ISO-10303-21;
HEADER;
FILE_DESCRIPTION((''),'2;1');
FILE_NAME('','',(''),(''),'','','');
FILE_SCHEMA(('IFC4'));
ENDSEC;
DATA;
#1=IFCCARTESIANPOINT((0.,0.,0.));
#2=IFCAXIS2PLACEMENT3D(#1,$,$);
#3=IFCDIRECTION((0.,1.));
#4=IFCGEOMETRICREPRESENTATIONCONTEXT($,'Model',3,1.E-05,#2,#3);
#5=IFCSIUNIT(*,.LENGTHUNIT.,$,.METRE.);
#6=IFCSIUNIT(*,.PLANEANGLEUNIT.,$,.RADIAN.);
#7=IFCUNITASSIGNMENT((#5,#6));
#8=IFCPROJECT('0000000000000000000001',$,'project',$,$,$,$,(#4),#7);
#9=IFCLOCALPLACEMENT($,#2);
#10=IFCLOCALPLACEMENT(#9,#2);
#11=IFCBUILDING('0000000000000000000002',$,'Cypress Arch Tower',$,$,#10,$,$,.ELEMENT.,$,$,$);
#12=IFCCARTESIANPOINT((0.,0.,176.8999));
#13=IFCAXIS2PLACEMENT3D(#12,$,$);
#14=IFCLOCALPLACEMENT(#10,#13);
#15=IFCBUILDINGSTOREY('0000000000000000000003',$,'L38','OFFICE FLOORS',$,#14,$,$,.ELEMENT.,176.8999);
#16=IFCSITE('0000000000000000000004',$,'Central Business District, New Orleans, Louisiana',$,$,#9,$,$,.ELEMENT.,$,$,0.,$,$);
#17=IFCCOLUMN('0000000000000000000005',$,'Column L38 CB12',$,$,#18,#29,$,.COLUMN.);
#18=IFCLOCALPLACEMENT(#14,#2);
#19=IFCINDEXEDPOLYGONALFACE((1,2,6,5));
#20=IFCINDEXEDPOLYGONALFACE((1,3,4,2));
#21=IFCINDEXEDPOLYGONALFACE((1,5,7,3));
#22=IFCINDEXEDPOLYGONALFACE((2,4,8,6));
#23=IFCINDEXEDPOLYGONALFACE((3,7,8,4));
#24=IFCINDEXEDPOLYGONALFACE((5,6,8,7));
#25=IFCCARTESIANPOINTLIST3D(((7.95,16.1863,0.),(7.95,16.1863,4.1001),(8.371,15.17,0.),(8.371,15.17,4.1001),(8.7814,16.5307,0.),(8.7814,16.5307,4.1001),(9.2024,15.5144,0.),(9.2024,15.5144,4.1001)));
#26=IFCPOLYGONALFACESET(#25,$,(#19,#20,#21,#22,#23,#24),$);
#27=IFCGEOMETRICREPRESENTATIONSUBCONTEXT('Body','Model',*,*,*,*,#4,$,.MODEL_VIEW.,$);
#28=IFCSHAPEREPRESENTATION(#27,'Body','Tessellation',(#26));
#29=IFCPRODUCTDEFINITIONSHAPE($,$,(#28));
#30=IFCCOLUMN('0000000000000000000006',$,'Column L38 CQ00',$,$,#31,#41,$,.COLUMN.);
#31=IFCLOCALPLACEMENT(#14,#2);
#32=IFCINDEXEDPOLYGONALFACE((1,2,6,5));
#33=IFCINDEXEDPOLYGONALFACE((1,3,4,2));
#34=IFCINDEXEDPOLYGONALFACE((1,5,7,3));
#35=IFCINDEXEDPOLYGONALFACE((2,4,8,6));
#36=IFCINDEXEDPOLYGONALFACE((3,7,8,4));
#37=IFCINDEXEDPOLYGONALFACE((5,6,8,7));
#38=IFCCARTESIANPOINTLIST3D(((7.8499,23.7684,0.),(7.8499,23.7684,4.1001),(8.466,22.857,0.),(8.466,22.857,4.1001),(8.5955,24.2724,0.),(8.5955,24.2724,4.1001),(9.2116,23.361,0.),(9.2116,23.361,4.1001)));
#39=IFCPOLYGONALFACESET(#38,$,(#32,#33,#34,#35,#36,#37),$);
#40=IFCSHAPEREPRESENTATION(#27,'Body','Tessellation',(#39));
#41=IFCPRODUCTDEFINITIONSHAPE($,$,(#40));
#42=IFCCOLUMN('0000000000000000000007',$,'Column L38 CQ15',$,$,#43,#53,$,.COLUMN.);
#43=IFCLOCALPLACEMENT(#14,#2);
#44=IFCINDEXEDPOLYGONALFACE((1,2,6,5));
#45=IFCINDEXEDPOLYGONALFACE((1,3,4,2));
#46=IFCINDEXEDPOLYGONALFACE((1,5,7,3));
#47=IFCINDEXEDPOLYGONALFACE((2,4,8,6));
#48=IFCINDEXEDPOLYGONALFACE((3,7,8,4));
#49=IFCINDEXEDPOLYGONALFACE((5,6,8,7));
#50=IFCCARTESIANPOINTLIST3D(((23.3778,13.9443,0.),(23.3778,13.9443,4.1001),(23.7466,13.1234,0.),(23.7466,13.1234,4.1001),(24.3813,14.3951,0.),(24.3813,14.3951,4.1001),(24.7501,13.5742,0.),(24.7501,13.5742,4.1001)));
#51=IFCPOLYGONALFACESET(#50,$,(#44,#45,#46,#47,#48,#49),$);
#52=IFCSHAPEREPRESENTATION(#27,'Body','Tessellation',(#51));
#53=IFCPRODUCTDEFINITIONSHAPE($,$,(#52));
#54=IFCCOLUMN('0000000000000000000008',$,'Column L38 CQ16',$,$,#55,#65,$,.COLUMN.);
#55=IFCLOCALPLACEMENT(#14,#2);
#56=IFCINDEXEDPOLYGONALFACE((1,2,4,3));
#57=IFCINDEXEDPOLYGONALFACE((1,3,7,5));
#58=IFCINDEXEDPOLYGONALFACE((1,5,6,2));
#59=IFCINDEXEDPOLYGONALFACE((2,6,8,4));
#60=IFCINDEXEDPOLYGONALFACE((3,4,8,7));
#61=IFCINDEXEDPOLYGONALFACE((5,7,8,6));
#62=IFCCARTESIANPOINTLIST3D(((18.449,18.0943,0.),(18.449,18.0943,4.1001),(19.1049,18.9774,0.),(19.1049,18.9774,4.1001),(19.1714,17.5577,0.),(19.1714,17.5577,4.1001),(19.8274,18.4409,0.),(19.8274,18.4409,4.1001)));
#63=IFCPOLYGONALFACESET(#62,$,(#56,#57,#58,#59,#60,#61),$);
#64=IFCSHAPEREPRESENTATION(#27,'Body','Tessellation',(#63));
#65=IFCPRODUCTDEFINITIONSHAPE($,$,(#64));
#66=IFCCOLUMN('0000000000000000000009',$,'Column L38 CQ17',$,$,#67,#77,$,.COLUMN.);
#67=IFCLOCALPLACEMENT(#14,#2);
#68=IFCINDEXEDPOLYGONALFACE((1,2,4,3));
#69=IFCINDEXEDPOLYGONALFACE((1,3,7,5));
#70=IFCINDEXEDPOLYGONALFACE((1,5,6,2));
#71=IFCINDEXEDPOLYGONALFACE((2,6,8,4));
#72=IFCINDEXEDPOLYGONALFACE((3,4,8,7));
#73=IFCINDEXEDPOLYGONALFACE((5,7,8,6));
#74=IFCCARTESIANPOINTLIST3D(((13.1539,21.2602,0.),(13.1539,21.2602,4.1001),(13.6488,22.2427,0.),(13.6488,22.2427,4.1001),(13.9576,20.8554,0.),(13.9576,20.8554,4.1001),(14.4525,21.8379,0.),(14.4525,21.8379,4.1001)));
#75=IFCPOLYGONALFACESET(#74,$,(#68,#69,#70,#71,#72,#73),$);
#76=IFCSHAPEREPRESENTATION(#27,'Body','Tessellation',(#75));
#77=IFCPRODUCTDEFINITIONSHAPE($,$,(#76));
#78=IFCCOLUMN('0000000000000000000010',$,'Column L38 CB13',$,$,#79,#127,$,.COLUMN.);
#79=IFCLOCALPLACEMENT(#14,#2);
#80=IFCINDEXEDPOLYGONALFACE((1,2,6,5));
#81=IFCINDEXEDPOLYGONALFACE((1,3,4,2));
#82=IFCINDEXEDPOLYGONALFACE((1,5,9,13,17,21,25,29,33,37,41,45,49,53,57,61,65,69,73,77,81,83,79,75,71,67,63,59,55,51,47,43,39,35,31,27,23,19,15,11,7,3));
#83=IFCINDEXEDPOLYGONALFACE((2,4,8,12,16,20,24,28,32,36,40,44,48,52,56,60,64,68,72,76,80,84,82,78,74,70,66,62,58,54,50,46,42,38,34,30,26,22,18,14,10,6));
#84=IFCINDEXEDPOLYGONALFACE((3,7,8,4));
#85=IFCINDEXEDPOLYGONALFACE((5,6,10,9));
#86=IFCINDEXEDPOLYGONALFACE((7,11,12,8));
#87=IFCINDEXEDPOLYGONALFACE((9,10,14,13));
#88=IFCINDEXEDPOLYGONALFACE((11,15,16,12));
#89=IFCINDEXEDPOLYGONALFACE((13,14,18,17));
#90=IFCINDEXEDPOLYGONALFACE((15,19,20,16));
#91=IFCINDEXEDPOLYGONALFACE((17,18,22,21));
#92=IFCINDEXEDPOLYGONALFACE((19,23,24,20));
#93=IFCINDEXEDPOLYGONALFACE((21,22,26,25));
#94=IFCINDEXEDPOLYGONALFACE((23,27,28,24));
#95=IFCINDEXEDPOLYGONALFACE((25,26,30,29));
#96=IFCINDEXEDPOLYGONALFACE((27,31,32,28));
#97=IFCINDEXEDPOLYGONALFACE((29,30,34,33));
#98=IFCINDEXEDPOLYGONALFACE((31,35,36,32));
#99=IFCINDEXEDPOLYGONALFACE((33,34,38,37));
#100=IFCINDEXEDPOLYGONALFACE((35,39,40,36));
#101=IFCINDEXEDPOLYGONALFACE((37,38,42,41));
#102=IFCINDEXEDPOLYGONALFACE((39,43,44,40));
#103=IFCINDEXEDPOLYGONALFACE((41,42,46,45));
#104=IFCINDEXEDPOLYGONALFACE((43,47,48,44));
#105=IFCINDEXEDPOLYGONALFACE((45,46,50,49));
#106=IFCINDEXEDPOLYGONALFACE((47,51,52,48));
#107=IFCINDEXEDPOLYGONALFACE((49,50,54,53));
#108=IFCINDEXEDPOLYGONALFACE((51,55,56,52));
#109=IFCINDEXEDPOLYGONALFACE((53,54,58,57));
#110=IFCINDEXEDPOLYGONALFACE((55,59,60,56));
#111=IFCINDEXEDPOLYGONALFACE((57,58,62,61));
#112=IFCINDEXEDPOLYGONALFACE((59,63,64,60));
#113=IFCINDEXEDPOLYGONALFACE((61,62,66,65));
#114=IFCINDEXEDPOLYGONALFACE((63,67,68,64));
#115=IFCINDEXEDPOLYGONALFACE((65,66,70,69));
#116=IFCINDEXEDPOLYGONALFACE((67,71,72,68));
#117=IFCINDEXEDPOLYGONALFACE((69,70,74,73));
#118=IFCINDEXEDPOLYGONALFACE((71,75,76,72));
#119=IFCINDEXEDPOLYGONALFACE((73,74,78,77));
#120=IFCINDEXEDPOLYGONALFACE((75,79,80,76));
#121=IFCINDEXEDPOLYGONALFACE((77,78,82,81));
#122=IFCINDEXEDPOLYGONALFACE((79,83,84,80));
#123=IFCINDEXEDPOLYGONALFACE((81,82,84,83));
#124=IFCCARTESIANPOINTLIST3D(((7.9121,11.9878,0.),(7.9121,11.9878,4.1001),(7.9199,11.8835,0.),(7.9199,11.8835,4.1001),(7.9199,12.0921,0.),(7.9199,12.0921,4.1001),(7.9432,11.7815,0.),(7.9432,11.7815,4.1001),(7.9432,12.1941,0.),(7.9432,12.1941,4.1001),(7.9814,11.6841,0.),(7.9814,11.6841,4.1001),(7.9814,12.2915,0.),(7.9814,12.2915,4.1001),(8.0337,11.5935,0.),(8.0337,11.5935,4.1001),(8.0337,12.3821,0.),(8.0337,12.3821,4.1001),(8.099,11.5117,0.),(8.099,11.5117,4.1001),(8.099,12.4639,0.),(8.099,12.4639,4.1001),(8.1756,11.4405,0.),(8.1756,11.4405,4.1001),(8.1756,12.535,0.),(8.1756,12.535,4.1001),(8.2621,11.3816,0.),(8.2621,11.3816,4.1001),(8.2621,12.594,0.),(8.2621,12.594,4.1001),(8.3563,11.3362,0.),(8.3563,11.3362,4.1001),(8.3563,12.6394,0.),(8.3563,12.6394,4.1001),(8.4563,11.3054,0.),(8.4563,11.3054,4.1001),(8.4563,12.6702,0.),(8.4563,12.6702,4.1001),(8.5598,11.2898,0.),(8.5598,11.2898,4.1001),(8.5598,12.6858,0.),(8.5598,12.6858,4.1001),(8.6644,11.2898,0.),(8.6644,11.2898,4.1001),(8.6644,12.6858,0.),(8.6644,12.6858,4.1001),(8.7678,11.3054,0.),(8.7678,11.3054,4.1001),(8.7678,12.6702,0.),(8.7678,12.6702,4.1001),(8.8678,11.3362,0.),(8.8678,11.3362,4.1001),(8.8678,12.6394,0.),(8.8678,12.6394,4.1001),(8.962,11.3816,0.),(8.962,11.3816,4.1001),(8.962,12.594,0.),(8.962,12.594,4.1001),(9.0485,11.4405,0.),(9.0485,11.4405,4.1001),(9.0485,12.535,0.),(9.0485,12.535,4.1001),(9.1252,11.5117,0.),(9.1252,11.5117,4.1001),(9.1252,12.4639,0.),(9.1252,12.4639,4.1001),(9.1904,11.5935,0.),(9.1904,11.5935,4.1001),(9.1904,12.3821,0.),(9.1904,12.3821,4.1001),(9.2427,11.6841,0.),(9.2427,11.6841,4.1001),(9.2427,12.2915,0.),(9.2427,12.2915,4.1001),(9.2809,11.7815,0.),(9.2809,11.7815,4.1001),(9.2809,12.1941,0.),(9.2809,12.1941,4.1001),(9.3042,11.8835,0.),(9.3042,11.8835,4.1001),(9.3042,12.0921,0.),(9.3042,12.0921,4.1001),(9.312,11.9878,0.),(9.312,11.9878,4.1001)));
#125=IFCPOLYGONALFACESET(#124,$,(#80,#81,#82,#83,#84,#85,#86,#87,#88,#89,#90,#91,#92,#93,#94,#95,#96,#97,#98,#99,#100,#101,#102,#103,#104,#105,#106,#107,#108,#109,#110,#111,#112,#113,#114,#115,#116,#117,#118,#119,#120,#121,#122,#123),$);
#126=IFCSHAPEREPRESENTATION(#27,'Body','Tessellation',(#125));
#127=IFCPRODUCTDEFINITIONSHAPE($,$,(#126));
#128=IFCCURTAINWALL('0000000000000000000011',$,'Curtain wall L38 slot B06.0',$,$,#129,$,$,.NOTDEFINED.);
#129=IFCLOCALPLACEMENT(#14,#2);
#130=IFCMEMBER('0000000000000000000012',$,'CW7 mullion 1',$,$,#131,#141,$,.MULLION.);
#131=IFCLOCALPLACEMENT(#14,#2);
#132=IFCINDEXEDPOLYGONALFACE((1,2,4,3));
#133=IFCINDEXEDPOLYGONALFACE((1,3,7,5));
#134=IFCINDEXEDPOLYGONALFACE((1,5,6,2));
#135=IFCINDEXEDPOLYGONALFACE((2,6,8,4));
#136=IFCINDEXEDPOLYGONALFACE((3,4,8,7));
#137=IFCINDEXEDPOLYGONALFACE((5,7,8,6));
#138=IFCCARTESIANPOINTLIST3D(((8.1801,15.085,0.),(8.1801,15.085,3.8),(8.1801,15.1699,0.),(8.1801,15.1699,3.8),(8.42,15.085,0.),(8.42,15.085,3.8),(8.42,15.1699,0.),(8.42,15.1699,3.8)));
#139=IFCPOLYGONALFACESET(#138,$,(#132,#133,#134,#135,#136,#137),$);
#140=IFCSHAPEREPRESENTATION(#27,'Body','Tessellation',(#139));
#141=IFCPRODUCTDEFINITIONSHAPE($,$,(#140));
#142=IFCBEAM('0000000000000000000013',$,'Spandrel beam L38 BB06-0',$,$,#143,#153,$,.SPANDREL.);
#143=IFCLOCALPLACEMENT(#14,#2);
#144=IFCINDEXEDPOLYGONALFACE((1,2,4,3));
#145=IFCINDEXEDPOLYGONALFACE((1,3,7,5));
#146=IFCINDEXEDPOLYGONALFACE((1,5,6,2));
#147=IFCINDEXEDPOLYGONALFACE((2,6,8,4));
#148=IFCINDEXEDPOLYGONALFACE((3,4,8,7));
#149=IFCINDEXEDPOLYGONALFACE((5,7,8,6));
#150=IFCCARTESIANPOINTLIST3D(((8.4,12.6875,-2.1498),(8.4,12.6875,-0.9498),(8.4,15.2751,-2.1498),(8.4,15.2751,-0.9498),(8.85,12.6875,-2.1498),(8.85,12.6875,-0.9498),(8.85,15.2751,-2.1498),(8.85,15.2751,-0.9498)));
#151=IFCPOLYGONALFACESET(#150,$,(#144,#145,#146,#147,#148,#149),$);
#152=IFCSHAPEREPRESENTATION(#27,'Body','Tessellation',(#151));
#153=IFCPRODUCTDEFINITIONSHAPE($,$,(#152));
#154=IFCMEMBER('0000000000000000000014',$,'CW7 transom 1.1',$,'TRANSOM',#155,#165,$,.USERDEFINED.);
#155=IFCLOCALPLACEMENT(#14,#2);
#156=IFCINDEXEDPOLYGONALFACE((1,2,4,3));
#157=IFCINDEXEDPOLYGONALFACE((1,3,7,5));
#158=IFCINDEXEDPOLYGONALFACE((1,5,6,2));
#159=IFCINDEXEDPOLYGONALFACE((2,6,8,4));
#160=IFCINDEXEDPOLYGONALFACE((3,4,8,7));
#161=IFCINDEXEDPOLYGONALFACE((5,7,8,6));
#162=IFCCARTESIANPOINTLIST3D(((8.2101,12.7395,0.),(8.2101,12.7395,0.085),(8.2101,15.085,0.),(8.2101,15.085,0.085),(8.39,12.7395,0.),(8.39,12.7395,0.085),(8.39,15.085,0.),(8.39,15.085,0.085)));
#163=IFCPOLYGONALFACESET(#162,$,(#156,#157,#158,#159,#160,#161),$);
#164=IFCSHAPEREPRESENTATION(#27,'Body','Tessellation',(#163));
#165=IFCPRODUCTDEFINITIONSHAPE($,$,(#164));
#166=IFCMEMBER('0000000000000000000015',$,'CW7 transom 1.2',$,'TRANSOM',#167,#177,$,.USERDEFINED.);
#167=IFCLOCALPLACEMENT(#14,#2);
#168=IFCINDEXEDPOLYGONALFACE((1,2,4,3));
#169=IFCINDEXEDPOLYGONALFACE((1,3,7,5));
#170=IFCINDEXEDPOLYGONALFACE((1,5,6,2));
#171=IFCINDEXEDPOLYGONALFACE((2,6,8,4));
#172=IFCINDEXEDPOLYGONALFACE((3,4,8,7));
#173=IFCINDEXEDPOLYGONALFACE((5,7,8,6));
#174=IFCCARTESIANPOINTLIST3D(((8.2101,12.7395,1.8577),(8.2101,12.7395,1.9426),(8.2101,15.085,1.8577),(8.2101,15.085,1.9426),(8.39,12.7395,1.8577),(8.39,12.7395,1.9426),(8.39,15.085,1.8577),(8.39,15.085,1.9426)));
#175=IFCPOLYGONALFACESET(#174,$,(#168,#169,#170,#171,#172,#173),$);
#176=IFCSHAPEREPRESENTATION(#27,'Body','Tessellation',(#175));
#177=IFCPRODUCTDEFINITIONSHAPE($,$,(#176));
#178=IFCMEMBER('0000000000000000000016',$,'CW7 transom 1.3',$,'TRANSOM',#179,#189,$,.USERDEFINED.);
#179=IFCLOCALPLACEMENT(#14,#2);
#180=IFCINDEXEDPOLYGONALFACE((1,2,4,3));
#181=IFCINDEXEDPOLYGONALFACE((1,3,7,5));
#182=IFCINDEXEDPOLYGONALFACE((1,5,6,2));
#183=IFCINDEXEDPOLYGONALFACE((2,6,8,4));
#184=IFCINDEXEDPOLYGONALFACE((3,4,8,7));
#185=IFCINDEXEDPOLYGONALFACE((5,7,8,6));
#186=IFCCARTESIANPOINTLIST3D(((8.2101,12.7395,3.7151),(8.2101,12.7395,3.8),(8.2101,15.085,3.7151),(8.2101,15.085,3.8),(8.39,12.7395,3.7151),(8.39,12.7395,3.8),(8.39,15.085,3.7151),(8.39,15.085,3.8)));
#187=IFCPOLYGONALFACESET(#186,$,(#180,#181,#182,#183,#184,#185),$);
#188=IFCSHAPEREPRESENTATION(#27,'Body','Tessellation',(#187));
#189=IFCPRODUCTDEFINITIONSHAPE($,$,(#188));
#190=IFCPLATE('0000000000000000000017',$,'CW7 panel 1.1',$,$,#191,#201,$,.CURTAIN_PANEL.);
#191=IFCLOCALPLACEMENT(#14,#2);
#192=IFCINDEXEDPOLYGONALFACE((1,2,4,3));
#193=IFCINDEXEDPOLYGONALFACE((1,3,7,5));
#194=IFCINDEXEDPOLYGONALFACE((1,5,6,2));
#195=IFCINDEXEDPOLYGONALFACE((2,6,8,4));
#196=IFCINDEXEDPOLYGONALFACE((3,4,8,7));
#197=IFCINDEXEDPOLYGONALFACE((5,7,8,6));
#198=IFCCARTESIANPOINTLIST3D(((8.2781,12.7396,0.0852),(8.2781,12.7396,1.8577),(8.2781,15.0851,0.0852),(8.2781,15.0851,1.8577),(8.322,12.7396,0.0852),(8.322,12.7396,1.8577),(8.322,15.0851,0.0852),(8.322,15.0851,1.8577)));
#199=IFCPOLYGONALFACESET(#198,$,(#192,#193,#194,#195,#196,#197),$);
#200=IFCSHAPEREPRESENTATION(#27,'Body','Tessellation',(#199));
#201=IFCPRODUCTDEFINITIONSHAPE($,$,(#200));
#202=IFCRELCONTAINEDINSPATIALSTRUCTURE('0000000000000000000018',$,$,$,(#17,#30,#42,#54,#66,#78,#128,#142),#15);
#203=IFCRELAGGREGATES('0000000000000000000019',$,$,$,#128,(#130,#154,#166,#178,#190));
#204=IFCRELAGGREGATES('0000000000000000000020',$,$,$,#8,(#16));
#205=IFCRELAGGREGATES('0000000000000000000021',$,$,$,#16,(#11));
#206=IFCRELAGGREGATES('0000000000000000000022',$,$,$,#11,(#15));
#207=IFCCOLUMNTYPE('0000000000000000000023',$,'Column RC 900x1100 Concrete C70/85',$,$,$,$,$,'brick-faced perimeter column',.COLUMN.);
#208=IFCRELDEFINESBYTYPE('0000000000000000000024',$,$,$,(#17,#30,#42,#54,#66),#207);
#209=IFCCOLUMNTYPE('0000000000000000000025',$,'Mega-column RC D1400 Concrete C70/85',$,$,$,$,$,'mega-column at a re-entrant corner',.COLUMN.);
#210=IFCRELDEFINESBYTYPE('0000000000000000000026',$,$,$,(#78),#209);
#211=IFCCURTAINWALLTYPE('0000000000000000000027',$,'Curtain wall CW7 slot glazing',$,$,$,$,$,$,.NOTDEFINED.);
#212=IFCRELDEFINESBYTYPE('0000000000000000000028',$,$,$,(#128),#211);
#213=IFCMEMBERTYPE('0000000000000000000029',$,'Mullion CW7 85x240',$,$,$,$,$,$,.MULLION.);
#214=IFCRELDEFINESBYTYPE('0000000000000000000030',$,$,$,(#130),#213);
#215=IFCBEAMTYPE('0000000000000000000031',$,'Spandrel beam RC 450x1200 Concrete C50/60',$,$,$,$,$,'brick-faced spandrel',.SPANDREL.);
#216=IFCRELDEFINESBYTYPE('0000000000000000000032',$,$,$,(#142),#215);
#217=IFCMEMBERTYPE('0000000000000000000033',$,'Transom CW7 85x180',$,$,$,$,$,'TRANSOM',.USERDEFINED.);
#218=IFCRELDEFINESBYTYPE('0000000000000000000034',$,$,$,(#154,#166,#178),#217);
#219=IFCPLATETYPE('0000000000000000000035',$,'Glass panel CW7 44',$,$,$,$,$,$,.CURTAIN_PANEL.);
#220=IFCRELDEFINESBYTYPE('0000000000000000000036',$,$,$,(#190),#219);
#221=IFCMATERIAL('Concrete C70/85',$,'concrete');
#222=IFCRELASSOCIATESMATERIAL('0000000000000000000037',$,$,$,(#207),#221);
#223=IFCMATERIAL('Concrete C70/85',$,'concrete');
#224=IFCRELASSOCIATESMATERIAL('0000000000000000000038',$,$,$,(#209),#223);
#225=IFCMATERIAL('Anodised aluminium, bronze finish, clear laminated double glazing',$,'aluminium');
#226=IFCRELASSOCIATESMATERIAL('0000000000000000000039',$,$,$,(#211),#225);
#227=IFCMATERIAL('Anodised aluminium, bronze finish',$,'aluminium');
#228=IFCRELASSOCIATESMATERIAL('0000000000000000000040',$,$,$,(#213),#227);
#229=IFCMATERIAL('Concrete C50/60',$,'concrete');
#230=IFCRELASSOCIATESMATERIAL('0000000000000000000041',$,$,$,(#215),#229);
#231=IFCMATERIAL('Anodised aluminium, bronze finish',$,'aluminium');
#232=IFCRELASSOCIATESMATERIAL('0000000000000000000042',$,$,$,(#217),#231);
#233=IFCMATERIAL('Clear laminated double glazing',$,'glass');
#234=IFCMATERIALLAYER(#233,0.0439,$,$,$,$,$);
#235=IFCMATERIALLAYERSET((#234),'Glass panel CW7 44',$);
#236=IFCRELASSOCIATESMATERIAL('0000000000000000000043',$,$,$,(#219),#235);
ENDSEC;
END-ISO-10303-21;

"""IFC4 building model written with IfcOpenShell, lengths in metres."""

from ifc_helpers import new_model, si_unit, direction, frame, origin, origin_2d, place, context, subcontext, project, spatial, rectangle, circle, extrude, material, layer, layer_set, material_profile, profile_set, type_object, element, aggregate, save


model = new_model("IFC4")

# Units and contexts
model_context = context("Model", 3, precision=1e-05, world=origin(), true_north=direction((0.0, 1.0)))
body_context = subcontext(model_context, "Body", "Model", "MODEL_VIEW")
ifc_project = project(units=[si_unit("LENGTHUNIT", "METRE"), si_unit("PLANEANGLEUNIT", "RADIAN")], contexts=[model_context])

# Site, building, storey
site_placement = place(None, origin())
site = spatial("IfcSite", under=ifc_project, at=site_placement, Name="Central Business District, New Orleans, Louisiana", CompositionType="ELEMENT", RefElevation=0.0)
building_placement = place(site_placement, origin())
building = spatial("IfcBuilding", under=site, at=building_placement, Name="Cypress Arch Tower", CompositionType="ELEMENT")
storey_placement = place(building_placement, frame((0.0, 0.0, 176.8999)))
storey = spatial("IfcBuildingStorey", under=building, at=storey_placement, Name="L38", Description="OFFICE FLOORS", CompositionType="ELEMENT", Elevation=176.8999)

# Columns
ifc_material_1 = material(Name="Concrete C70/85", Category="concrete")
ifc_material_profile_1 = material_profile(ifc_material_1, rectangle(XDim=0.8999, YDim=1.1001, at=origin_2d()), Name="RC 900x1100")
ifc_profile_set_1 = profile_set([ifc_material_profile_1], Name="Concrete C70/85")
column_type_1 = type_object("IfcColumnType", Name="Column RC 900x1100 Concrete C70/85", ElementType="brick-faced perimeter column", PredefinedType="COLUMN", material=ifc_profile_set_1)
for number, where, z_axis, x_axis, name in (
    (1, (8.5762, 15.8503, 0.0), (0.0, 0.0, 1.0), (-0.92388, -0.382683, 0.0), "Column L38 CB12"),
    (2, (8.5308, 23.5647, 0.0), (0.0, 0.0, 1.0), (-0.82847, -0.560034, 0.0), "Column L38 CQ00"),
    (3, (24.064, 13.7593, 0.0), (0.0, 0.0, 1.0), (-0.409765, 0.912191, 0.0), "Column L38 CQ15"),
    (4, (19.1382, 18.2676, 0.0), (0.0, 0.0, 1.0), (-0.802799, 0.59625, 0.0), "Column L38 CQ16"),
    (5, (13.8032, 21.5491, 0.0), (0.0, 0.0, 1.0), (-0.893106, 0.449845, 0.0), "Column L38 CQ17"),
):
    element("IfcColumn", number, at=place(storey_placement, frame(where, z_axis=z_axis, x_axis=x_axis)), inside=storey, type_object=column_type_1, Name=name, PredefinedType="COLUMN", context=body_context, shape_type="SweptSolid", body=[
        extrude(rectangle(XDim=0.8999, YDim=1.1001, at=origin_2d()), origin(), (0.0, 0.0, 1.0), 4.1001),
    ])
ifc_material_2 = material(Name="Concrete C70/85", Category="concrete")
ifc_material_profile_2 = material_profile(ifc_material_2, circle(Radius=0.7, at=origin_2d()), Name="RC D1400")
ifc_profile_set_2 = profile_set([ifc_material_profile_2], Name="Concrete C70/85")
column_type_2 = type_object("IfcColumnType", Name="Mega-column RC D1400 Concrete C70/85", ElementType="mega-column at a re-entrant corner", PredefinedType="COLUMN", material=ifc_profile_set_2)
column_placement = place(storey_placement, frame((8.6121, 11.9878, 0.0), z_axis=(0.0, 0.0, 1.0), x_axis=(1.0, 0.0, 0.0)))
element("IfcColumn", 6, at=column_placement, inside=storey, type_object=column_type_2, Name="Column L38 CB13", PredefinedType="COLUMN", context=body_context, shape_type="SweptSolid", body=[
    extrude(circle(Radius=0.7, at=origin_2d()), origin(), (0.0, 0.0, 1.0), 4.1001),
])

# Curtain wall, member
ifc_material_3 = material(Name="Anodised aluminium, bronze finish, clear laminated double glazing", Category="aluminium")
curtain_wall_type = type_object("IfcCurtainWallType", Name="Curtain wall CW7 slot glazing", PredefinedType="NOTDEFINED", material=ifc_material_3)
curtain_wall_placement = place(storey_placement, origin())
curtain_wall = element("IfcCurtainWall", 7, at=curtain_wall_placement, inside=storey, type_object=curtain_wall_type, Name="Curtain wall L38 slot B06.0", PredefinedType="NOTDEFINED")
ifc_material_4 = material(Name="Anodised aluminium, bronze finish", Category="aluminium")
ifc_material_profile_3 = material_profile(ifc_material_4, rectangle(XDim=0.24, YDim=0.085, at=origin_2d()), Name="Mullion 85x240")
ifc_profile_set_3 = profile_set([ifc_material_profile_3], Name="Anodised aluminium, bronze finish")
member_type_1 = type_object("IfcMemberType", Name="Mullion CW7 85x240", PredefinedType="MULLION", material=ifc_profile_set_3)
member_1_placement = place(storey_placement, frame((8.3, 15.1274, 0.0), z_axis=(0.0, 0.0, 1.0), x_axis=(1.0, 0.0, 0.0)))
member_1 = element("IfcMember", 8, at=member_1_placement, type_object=member_type_1, Name="CW7 mullion 1", PredefinedType="MULLION", context=body_context, shape_type="SweptSolid", body=[
    extrude(rectangle(XDim=0.24, YDim=0.085, at=origin_2d()), origin(), (0.0, 0.0, 1.0), 3.8),
])

# Beam
ifc_material_5 = material(Name="Concrete C50/60", Category="concrete")
ifc_material_profile_4 = material_profile(ifc_material_5, rectangle(XDim=0.45, YDim=1.2, at=origin_2d()), Name="RC 450x1200")
ifc_profile_set_4 = profile_set([ifc_material_profile_4], Name="Concrete C50/60")
beam_type = type_object("IfcBeamType", Name="Spandrel beam RC 450x1200 Concrete C50/60", ElementType="brick-faced spandrel", PredefinedType="SPANDREL", material=ifc_profile_set_4)
beam_placement = place(storey_placement, frame((8.625, 15.2751, -1.5498), z_axis=(0.0, -1.0, 0.0), x_axis=(1.0, 0.0, 0.0)))
element("IfcBeam", 9, at=beam_placement, inside=storey, type_object=beam_type, Name="Spandrel beam L38 BB06-0", PredefinedType="SPANDREL", context=body_context, shape_type="SweptSolid", body=[
    extrude(rectangle(XDim=0.45, YDim=1.2, at=origin_2d()), origin(), (0.0, 0.0, 1.0), 2.5876),
])

# Members
ifc_material_6 = material(Name="Anodised aluminium, bronze finish", Category="aluminium")
ifc_material_profile_5 = material_profile(ifc_material_6, rectangle(XDim=0.1799, YDim=0.085, at=origin_2d()), Name="Transom 85x180")
ifc_profile_set_5 = profile_set([ifc_material_profile_5], Name="Anodised aluminium, bronze finish")
member_type_2 = type_object("IfcMemberType", Name="Transom CW7 85x180", ElementType="TRANSOM", PredefinedType="USERDEFINED", material=ifc_profile_set_5)
member_2_placement = place(storey_placement, frame((8.3, 15.085, 0.0425), z_axis=(0.0, -1.0, 0.0), x_axis=(1.0, 0.0, 0.0)))
member_2 = element("IfcMember", 10, at=member_2_placement, type_object=member_type_2, Name="CW7 transom 1.1", ObjectType="TRANSOM", PredefinedType="USERDEFINED", context=body_context, shape_type="SweptSolid", body=[
    extrude(rectangle(XDim=0.1799, YDim=0.085, at=origin_2d()), origin(), (0.0, 0.0, 1.0), 2.3455),
])
member_3_placement = place(storey_placement, frame((8.3, 15.085, 1.9001), z_axis=(0.0, -1.0, 0.0), x_axis=(1.0, 0.0, 0.0)))
member_3 = element("IfcMember", 11, at=member_3_placement, type_object=member_type_2, Name="CW7 transom 1.2", ObjectType="TRANSOM", PredefinedType="USERDEFINED", context=body_context, shape_type="SweptSolid", body=[
    extrude(rectangle(XDim=0.1799, YDim=0.085, at=origin_2d()), origin(), (0.0, 0.0, 1.0), 2.3455),
])
member_4_placement = place(storey_placement, frame((8.3, 15.085, 3.7576), z_axis=(0.0, -1.0, 0.0), x_axis=(1.0, 0.0, 0.0)))
member_4 = element("IfcMember", 12, at=member_4_placement, type_object=member_type_2, Name="CW7 transom 1.3", ObjectType="TRANSOM", PredefinedType="USERDEFINED", context=body_context, shape_type="SweptSolid", body=[
    extrude(rectangle(XDim=0.1799, YDim=0.085, at=origin_2d()), origin(), (0.0, 0.0, 1.0), 2.3455),
])

# Plate
ifc_material_7 = material(Name="Clear laminated double glazing", Category="glass")
ifc_layer_1 = layer(ifc_material_7, 0.0439)
ifc_layer_set_1 = layer_set([ifc_layer_1], Name="Glass panel CW7 44")
plate_type = type_object("IfcPlateType", Name="Glass panel CW7 44", PredefinedType="CURTAIN_PANEL", material=ifc_layer_set_1)
plate_1_placement = place(storey_placement, frame((8.3, 13.9124, 0.0852), z_axis=(0.0, 0.0, 1.0), x_axis=(0.0, -1.0, 0.0)))
plate_1 = element("IfcPlate", 13, at=plate_1_placement, type_object=plate_type, Name="CW7 panel 1.1", PredefinedType="CURTAIN_PANEL", context=body_context, shape_type="SweptSolid", body=[
    extrude(rectangle(XDim=2.3455, YDim=0.0439, at=origin_2d()), origin(), (0.0, 0.0, 1.0), 1.7725),
])
aggregate(curtain_wall, [member_1, member_2, member_3, member_4, plate_1])

save(model, "model.ifc")
